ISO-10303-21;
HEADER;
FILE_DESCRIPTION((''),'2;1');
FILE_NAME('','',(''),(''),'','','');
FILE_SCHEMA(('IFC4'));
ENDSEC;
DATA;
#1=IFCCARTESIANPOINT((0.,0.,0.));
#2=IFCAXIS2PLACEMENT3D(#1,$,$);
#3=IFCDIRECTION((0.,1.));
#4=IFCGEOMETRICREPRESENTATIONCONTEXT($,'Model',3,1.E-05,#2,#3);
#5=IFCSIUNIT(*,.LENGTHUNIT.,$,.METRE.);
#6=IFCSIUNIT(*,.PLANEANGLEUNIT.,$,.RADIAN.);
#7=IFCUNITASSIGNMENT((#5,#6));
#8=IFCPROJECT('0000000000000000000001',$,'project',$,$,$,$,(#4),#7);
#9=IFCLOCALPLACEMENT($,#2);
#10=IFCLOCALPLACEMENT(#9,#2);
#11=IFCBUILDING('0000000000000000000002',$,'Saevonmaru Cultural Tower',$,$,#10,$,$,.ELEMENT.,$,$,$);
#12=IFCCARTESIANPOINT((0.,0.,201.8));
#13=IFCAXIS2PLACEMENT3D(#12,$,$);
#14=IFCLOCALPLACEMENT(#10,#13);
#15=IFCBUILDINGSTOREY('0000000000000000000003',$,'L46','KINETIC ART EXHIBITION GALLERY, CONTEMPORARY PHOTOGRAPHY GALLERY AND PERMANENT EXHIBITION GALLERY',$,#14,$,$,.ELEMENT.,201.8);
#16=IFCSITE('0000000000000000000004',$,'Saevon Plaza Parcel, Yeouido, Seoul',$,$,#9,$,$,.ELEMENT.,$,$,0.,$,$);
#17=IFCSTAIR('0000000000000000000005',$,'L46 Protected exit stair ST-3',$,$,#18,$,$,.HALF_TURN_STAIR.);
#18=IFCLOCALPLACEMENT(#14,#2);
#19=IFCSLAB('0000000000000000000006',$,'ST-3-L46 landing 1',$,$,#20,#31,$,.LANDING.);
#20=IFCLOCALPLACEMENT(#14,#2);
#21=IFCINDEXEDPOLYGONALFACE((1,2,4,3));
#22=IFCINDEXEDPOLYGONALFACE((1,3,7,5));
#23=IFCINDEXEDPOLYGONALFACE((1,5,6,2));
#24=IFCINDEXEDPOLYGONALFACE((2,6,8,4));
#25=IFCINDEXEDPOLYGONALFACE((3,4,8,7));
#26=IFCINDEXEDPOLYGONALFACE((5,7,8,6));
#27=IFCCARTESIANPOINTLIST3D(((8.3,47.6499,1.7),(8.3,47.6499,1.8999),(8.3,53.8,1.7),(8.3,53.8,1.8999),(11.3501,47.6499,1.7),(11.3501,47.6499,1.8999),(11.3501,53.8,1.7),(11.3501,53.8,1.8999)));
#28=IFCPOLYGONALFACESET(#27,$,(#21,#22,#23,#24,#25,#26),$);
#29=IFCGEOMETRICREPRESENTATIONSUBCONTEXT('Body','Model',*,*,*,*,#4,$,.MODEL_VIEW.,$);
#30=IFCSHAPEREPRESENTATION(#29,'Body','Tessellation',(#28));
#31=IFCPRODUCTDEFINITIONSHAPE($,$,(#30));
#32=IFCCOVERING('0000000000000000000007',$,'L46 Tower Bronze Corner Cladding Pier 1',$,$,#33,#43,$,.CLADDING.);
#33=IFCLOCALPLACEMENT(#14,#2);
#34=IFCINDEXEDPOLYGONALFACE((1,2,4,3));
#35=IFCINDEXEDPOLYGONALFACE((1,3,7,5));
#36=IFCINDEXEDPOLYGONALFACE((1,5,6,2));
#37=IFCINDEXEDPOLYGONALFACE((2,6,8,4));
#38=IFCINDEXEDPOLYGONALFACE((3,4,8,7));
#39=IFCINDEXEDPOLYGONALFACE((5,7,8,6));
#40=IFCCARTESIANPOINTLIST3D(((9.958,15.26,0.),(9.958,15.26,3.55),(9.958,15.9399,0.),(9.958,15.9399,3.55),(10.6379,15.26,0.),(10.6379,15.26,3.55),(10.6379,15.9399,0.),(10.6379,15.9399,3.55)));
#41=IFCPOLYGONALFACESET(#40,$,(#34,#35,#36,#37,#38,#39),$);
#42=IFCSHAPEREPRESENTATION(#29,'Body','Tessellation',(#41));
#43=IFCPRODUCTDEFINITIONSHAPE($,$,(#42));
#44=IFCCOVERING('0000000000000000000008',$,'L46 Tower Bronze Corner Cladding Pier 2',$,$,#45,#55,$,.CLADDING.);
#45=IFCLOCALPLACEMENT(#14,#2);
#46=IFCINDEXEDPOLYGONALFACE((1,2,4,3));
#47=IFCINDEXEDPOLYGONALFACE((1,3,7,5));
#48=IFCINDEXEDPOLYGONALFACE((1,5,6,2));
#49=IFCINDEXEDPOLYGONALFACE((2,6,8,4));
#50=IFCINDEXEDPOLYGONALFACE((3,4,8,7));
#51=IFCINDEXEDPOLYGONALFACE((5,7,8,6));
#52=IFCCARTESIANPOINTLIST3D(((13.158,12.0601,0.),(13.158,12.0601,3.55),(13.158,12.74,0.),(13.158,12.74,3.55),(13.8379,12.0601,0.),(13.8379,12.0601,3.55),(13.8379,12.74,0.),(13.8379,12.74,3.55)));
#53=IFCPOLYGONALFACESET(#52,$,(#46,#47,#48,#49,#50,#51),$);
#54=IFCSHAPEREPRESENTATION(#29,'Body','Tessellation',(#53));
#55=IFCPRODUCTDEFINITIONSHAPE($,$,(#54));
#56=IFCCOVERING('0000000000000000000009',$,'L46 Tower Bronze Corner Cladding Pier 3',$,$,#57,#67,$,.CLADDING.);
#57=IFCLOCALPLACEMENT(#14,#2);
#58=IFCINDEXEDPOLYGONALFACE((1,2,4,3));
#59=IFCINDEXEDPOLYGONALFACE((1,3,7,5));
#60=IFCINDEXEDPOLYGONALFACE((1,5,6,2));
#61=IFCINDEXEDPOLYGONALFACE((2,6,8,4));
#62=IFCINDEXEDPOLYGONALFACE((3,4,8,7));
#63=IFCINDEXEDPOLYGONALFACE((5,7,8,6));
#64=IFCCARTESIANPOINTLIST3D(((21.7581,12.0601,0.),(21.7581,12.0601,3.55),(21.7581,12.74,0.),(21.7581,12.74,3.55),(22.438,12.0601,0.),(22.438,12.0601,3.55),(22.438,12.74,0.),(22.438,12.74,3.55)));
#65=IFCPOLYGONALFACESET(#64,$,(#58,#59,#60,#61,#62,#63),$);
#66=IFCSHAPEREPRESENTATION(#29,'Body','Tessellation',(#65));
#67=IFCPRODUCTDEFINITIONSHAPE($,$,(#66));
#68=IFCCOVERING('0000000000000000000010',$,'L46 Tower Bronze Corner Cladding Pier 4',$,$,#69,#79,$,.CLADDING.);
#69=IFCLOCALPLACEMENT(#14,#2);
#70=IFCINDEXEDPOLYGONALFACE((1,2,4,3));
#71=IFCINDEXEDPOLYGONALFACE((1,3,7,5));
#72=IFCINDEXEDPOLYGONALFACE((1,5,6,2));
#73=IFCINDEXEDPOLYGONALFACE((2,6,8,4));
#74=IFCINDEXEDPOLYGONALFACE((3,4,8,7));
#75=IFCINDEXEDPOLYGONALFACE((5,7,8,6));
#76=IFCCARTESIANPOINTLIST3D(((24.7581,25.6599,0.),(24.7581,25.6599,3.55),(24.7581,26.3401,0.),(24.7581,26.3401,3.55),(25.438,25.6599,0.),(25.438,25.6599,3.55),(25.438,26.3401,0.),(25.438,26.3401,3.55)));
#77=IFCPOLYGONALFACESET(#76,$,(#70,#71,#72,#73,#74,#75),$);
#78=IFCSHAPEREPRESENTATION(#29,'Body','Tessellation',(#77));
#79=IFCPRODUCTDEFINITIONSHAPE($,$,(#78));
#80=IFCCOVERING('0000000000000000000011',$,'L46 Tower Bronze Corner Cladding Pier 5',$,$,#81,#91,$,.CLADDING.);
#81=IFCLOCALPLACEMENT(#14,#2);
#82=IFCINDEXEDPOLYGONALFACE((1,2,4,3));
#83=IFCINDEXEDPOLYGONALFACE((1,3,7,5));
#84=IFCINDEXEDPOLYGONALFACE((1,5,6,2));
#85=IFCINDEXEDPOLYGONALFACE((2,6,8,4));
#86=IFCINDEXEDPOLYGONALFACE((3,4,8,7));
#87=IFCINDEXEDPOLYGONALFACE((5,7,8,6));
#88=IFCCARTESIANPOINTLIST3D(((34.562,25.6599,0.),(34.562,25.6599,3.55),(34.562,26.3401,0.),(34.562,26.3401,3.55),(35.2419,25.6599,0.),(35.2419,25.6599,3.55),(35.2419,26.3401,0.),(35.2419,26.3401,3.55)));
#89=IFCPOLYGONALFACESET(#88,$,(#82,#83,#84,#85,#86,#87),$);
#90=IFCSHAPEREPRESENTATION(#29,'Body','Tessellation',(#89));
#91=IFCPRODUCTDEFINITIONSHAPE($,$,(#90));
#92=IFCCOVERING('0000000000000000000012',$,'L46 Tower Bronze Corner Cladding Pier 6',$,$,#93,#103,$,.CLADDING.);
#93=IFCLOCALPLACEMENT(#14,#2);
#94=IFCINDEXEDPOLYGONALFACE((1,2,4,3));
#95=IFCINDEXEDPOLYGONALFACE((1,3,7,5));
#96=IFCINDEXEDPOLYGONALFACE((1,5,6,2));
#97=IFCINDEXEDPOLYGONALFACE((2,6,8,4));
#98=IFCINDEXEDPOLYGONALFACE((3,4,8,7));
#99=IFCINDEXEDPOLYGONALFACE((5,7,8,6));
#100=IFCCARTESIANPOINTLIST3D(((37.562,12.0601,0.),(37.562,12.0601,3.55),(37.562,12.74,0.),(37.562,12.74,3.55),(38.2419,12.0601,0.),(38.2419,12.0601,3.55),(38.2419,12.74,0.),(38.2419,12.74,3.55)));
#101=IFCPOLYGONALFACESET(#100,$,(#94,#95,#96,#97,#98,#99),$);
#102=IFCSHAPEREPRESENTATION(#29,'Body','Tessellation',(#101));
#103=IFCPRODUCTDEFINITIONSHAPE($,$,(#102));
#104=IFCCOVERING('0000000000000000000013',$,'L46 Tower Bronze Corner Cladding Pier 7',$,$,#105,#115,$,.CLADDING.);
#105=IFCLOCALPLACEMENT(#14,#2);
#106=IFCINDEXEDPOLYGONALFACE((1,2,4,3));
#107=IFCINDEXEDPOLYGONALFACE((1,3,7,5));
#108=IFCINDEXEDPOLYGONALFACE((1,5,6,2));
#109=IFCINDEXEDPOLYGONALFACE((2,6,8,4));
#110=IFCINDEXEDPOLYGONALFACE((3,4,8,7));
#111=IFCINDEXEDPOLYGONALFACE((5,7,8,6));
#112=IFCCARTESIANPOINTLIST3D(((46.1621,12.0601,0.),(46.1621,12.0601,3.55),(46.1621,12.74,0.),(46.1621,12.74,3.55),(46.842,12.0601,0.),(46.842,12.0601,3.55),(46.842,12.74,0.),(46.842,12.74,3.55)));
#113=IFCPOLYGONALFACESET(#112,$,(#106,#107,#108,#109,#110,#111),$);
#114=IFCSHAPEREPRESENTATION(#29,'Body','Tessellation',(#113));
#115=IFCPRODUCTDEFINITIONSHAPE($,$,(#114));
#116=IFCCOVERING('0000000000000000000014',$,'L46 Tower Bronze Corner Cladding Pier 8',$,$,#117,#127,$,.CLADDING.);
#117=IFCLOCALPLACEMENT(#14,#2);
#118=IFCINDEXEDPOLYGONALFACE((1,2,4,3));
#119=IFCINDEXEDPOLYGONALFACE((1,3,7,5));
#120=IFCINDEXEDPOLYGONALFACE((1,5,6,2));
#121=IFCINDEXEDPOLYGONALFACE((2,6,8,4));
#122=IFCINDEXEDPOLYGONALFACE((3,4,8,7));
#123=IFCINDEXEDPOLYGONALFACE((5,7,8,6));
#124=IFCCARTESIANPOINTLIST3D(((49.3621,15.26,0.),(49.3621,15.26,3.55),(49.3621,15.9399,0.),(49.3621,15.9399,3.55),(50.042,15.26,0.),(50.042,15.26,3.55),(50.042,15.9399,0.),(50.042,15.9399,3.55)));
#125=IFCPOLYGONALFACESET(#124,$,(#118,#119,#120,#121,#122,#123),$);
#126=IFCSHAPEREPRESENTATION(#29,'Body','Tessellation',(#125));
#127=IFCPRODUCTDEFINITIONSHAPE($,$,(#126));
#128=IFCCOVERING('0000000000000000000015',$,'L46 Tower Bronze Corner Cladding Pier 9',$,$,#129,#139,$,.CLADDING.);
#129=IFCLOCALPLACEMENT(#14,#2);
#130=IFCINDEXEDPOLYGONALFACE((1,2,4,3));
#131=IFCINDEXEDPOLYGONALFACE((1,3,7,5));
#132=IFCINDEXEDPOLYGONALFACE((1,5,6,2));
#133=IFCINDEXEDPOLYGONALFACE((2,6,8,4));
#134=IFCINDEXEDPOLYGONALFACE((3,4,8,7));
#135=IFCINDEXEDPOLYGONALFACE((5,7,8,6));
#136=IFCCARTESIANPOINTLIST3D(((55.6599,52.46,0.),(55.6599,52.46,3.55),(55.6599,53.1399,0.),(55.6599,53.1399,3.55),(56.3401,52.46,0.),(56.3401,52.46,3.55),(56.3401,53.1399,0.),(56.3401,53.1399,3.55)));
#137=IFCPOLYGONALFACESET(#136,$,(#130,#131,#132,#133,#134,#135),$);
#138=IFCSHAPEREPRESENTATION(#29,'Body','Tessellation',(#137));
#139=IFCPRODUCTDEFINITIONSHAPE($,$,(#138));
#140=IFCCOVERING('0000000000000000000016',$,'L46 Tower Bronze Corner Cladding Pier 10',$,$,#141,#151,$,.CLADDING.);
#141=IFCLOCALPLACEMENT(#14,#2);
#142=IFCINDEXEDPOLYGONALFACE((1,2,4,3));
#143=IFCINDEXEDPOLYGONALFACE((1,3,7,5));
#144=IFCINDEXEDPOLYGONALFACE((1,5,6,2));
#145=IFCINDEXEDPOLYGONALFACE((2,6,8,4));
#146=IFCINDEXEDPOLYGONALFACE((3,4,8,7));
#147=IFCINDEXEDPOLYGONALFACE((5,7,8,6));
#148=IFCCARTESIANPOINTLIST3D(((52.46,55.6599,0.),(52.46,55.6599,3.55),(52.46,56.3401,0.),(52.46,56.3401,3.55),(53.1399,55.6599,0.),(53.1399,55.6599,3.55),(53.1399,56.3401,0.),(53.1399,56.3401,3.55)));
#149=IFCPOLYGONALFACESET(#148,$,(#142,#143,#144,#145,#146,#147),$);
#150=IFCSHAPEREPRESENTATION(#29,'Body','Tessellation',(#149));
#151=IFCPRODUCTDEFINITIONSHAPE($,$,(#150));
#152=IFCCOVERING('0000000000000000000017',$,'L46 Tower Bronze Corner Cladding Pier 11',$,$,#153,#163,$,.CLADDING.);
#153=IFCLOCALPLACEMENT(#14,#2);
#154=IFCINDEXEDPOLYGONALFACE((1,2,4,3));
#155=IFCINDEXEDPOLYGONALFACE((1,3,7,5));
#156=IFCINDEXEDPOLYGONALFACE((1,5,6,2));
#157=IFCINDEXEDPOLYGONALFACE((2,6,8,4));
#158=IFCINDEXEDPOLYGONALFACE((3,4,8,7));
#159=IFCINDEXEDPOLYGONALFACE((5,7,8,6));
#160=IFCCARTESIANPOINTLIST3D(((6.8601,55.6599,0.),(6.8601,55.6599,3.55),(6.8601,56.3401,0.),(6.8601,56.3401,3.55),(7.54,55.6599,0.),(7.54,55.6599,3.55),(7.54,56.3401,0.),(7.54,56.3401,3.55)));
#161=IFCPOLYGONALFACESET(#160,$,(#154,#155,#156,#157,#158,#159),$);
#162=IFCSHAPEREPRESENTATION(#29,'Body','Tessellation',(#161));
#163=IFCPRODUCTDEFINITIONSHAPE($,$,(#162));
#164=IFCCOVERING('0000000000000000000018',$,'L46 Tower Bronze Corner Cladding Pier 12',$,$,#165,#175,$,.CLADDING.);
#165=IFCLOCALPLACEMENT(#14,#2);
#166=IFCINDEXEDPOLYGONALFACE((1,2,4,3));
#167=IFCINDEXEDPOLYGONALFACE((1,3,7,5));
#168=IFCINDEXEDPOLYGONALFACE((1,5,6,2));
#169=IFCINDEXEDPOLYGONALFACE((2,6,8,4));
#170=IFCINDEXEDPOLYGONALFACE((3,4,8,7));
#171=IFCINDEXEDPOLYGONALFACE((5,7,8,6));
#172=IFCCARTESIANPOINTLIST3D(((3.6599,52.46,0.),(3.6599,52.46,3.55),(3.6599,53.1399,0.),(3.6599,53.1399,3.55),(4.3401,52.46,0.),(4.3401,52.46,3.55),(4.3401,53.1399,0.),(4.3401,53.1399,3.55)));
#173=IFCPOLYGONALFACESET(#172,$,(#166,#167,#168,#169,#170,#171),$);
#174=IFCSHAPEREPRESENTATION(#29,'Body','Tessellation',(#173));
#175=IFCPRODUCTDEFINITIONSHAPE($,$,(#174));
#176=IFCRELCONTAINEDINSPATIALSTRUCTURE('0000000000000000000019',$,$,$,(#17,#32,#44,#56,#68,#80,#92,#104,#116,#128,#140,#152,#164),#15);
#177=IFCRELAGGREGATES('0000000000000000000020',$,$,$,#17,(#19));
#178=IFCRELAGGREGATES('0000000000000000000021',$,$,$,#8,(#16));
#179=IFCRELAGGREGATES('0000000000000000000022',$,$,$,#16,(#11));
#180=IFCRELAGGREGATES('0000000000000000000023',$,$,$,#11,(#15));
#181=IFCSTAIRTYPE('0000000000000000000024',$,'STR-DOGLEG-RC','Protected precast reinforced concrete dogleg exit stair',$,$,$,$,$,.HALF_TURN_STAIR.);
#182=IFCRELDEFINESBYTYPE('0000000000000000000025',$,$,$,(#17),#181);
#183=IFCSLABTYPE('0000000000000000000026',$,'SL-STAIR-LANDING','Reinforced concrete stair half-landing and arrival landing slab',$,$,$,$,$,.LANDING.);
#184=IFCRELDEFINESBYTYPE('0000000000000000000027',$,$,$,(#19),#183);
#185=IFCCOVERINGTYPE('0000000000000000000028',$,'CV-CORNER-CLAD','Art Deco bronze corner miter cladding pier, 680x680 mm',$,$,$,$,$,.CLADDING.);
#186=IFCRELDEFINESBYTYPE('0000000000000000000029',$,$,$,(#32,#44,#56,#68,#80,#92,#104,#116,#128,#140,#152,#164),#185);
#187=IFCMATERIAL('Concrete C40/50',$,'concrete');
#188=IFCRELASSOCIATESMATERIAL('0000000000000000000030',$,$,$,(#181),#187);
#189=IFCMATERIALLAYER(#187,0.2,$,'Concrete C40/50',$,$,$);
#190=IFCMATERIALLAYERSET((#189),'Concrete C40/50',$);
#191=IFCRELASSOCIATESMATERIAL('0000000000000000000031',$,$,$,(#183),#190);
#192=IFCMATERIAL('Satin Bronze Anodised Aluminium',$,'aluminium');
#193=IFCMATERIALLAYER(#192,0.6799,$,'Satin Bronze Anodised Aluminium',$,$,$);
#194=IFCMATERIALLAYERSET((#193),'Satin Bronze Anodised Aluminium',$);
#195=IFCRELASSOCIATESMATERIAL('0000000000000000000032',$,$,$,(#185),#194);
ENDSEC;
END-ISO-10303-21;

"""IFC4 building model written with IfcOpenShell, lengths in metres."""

from ifc_helpers import new_model, si_unit, direction, frame, origin, place, context, subcontext, project, spatial, polyline, outline, extrude, material, layer, layer_set, type_object, element, aggregate, save


model = new_model("IFC4")

# Units and contexts
model_context = context("Model", 3, precision=1e-05, world=origin(), true_north=direction((0.0, 1.0)))
body_context = subcontext(model_context, "Body", "Model", "MODEL_VIEW")
ifc_project = project(units=[si_unit("LENGTHUNIT", "METRE"), si_unit("PLANEANGLEUNIT", "RADIAN")], contexts=[model_context])

# Site, building, storey
site_placement = place(None, origin())
site = spatial("IfcSite", under=ifc_project, at=site_placement, Name="Saevon Plaza Parcel, Yeouido, Seoul", CompositionType="ELEMENT", RefElevation=0.0)
building_placement = place(site_placement, origin())
building = spatial("IfcBuilding", under=site, at=building_placement, Name="Saevonmaru Cultural Tower", CompositionType="ELEMENT")
storey_placement = place(building_placement, frame((0.0, 0.0, 201.8)))
storey = spatial("IfcBuildingStorey", under=building, at=storey_placement, Name="L46", Description="KINETIC ART EXHIBITION GALLERY, CONTEMPORARY PHOTOGRAPHY GALLERY AND PERMANENT EXHIBITION GALLERY", CompositionType="ELEMENT", Elevation=201.8)

# Shared definitions
ifc_material_1 = material(Name="Satin Bronze Anodised Aluminium", Category="aluminium")

# Shared definitions
ifc_material_2 = material(Name="Concrete C40/50", Category="concrete")

# Stair, slab
stair_type = type_object("IfcStairType", Name="STR-DOGLEG-RC", Description="Protected precast reinforced concrete dogleg exit stair", PredefinedType="HALF_TURN_STAIR", material=ifc_material_2)
ifc_layer_1 = layer(ifc_material_2, 0.2, Name="Concrete C40/50")
ifc_layer_set_1 = layer_set([ifc_layer_1], Name="Concrete C40/50")
slab_type_1 = type_object("IfcSlabType", Name="SL-STAIR-LANDING", Description="Reinforced concrete stair half-landing and arrival landing slab", PredefinedType="LANDING", material=ifc_layer_set_1)
stair_1_placement = place(storey_placement, origin())
stair_1 = element("IfcStair", 1, at=stair_1_placement, inside=storey, type_object=stair_type, Name="L46 Protected exit stair ST-3", PredefinedType="HALF_TURN_STAIR")
slab_1_placement = place(storey_placement, frame((0.0, 0.0, 1.7)))
slab_1 = element("IfcSlab", 2, at=slab_1_placement, type_object=slab_type_1, Name="ST-3-L46 landing 1", PredefinedType="LANDING", context=body_context, shape_type="SweptSolid", body=[
    extrude(outline(polyline([(11.3501, 47.6499), (11.3501, 53.8), (8.3, 53.8), (8.3, 47.6499), (11.3501, 47.6499)])), origin(), (0.0, 0.0, 1.0), 0.2),
])
aggregate(stair_1, [slab_1])

# Coverings
ifc_layer_2 = layer(ifc_material_1, 0.6799, Name="Satin Bronze Anodised Aluminium")
ifc_layer_set_2 = layer_set([ifc_layer_2], Name="Satin Bronze Anodised Aluminium")
covering_type = type_object("IfcCoveringType", Name="CV-CORNER-CLAD", Description="Art Deco bronze corner miter cladding pier, 680x680 mm", PredefinedType="CLADDING", material=ifc_layer_set_2)
covering_1_placement = place(storey_placement, origin())
element("IfcCovering", 3, at=covering_1_placement, inside=storey, type_object=covering_type, Name="L46 Tower Bronze Corner Cladding Pier 1", PredefinedType="CLADDING", context=body_context, shape_type="SweptSolid", body=[
    extrude(outline(polyline([(9.958, 15.26), (10.6379, 15.26), (10.6379, 15.9399), (9.958, 15.9399), (9.958, 15.26)])), origin(), (0.0, 0.0, 1.0), 3.55),
])
covering_2_placement = place(storey_placement, origin())
element("IfcCovering", 4, at=covering_2_placement, inside=storey, type_object=covering_type, Name="L46 Tower Bronze Corner Cladding Pier 2", PredefinedType="CLADDING", context=body_context, shape_type="SweptSolid", body=[
    extrude(outline(polyline([(13.158, 12.0601), (13.8379, 12.0601), (13.8379, 12.74), (13.158, 12.74), (13.158, 12.0601)])), origin(), (0.0, 0.0, 1.0), 3.55),
])
covering_3_placement = place(storey_placement, origin())
element("IfcCovering", 5, at=covering_3_placement, inside=storey, type_object=covering_type, Name="L46 Tower Bronze Corner Cladding Pier 3", PredefinedType="CLADDING", context=body_context, shape_type="SweptSolid", body=[
    extrude(outline(polyline([(21.7581, 12.0601), (22.438, 12.0601), (22.438, 12.74), (21.7581, 12.74), (21.7581, 12.0601)])), origin(), (0.0, 0.0, 1.0), 3.55),
])
covering_4_placement = place(storey_placement, origin())
element("IfcCovering", 6, at=covering_4_placement, inside=storey, type_object=covering_type, Name="L46 Tower Bronze Corner Cladding Pier 4", PredefinedType="CLADDING", context=body_context, shape_type="SweptSolid", body=[
    extrude(outline(polyline([(24.7581, 25.6599), (25.438, 25.6599), (25.438, 26.3401), (24.7581, 26.3401), (24.7581, 25.6599)])), origin(), (0.0, 0.0, 1.0), 3.55),
])
covering_5_placement = place(storey_placement, origin())
element("IfcCovering", 7, at=covering_5_placement, inside=storey, type_object=covering_type, Name="L46 Tower Bronze Corner Cladding Pier 5", PredefinedType="CLADDING", context=body_context, shape_type="SweptSolid", body=[
    extrude(outline(polyline([(34.562, 25.6599), (35.2419, 25.6599), (35.2419, 26.3401), (34.562, 26.3401), (34.562, 25.6599)])), origin(), (0.0, 0.0, 1.0), 3.55),
])
covering_6_placement = place(storey_placement, origin())
element("IfcCovering", 8, at=covering_6_placement, inside=storey, type_object=covering_type, Name="L46 Tower Bronze Corner Cladding Pier 6", PredefinedType="CLADDING", context=body_context, shape_type="SweptSolid", body=[
    extrude(outline(polyline([(37.562, 12.0601), (38.2419, 12.0601), (38.2419, 12.74), (37.562, 12.74), (37.562, 12.0601)])), origin(), (0.0, 0.0, 1.0), 3.55),
])
covering_7_placement = place(storey_placement, origin())
element("IfcCovering", 9, at=covering_7_placement, inside=storey, type_object=covering_type, Name="L46 Tower Bronze Corner Cladding Pier 7", PredefinedType="CLADDING", context=body_context, shape_type="SweptSolid", body=[
    extrude(outline(polyline([(46.1621, 12.0601), (46.842, 12.0601), (46.842, 12.74), (46.1621, 12.74), (46.1621, 12.0601)])), origin(), (0.0, 0.0, 1.0), 3.55),
])
covering_8_placement = place(storey_placement, origin())
element("IfcCovering", 10, at=covering_8_placement, inside=storey, type_object=covering_type, Name="L46 Tower Bronze Corner Cladding Pier 8", PredefinedType="CLADDING", context=body_context, shape_type="SweptSolid", body=[
    extrude(outline(polyline([(49.3621, 15.26), (50.042, 15.26), (50.042, 15.9399), (49.3621, 15.9399), (49.3621, 15.26)])), origin(), (0.0, 0.0, 1.0), 3.55),
])
covering_9_placement = place(storey_placement, origin())
element("IfcCovering", 11, at=covering_9_placement, inside=storey, type_object=covering_type, Name="L46 Tower Bronze Corner Cladding Pier 9", PredefinedType="CLADDING", context=body_context, shape_type="SweptSolid", body=[
    extrude(outline(polyline([(55.6599, 52.46), (56.3401, 52.46), (56.3401, 53.1399), (55.6599, 53.1399), (55.6599, 52.46)])), origin(), (0.0, 0.0, 1.0), 3.55),
])
covering_10_placement = place(storey_placement, origin())
element("IfcCovering", 12, at=covering_10_placement, inside=storey, type_object=covering_type, Name="L46 Tower Bronze Corner Cladding Pier 10", PredefinedType="CLADDING", context=body_context, shape_type="SweptSolid", body=[
    extrude(outline(polyline([(52.46, 55.6599), (53.1399, 55.6599), (53.1399, 56.3401), (52.46, 56.3401), (52.46, 55.6599)])), origin(), (0.0, 0.0, 1.0), 3.55),
])
covering_11_placement = place(storey_placement, origin())
element("IfcCovering", 13, at=covering_11_placement, inside=storey, type_object=covering_type, Name="L46 Tower Bronze Corner Cladding Pier 11", PredefinedType="CLADDING", context=body_context, shape_type="SweptSolid", body=[
    extrude(outline(polyline([(6.8601, 55.6599), (7.54, 55.6599), (7.54, 56.3401), (6.8601, 56.3401), (6.8601, 55.6599)])), origin(), (0.0, 0.0, 1.0), 3.55),
])
covering_12_placement = place(storey_placement, origin())
element("IfcCovering", 14, at=covering_12_placement, inside=storey, type_object=covering_type, Name="L46 Tower Bronze Corner Cladding Pier 12", PredefinedType="CLADDING", context=body_context, shape_type="SweptSolid", body=[
    extrude(outline(polyline([(3.6599, 52.46), (4.3401, 52.46), (4.3401, 53.1399), (3.6599, 53.1399), (3.6599, 52.46)])), origin(), (0.0, 0.0, 1.0), 3.55),
])

save(model, "model.ifc")
